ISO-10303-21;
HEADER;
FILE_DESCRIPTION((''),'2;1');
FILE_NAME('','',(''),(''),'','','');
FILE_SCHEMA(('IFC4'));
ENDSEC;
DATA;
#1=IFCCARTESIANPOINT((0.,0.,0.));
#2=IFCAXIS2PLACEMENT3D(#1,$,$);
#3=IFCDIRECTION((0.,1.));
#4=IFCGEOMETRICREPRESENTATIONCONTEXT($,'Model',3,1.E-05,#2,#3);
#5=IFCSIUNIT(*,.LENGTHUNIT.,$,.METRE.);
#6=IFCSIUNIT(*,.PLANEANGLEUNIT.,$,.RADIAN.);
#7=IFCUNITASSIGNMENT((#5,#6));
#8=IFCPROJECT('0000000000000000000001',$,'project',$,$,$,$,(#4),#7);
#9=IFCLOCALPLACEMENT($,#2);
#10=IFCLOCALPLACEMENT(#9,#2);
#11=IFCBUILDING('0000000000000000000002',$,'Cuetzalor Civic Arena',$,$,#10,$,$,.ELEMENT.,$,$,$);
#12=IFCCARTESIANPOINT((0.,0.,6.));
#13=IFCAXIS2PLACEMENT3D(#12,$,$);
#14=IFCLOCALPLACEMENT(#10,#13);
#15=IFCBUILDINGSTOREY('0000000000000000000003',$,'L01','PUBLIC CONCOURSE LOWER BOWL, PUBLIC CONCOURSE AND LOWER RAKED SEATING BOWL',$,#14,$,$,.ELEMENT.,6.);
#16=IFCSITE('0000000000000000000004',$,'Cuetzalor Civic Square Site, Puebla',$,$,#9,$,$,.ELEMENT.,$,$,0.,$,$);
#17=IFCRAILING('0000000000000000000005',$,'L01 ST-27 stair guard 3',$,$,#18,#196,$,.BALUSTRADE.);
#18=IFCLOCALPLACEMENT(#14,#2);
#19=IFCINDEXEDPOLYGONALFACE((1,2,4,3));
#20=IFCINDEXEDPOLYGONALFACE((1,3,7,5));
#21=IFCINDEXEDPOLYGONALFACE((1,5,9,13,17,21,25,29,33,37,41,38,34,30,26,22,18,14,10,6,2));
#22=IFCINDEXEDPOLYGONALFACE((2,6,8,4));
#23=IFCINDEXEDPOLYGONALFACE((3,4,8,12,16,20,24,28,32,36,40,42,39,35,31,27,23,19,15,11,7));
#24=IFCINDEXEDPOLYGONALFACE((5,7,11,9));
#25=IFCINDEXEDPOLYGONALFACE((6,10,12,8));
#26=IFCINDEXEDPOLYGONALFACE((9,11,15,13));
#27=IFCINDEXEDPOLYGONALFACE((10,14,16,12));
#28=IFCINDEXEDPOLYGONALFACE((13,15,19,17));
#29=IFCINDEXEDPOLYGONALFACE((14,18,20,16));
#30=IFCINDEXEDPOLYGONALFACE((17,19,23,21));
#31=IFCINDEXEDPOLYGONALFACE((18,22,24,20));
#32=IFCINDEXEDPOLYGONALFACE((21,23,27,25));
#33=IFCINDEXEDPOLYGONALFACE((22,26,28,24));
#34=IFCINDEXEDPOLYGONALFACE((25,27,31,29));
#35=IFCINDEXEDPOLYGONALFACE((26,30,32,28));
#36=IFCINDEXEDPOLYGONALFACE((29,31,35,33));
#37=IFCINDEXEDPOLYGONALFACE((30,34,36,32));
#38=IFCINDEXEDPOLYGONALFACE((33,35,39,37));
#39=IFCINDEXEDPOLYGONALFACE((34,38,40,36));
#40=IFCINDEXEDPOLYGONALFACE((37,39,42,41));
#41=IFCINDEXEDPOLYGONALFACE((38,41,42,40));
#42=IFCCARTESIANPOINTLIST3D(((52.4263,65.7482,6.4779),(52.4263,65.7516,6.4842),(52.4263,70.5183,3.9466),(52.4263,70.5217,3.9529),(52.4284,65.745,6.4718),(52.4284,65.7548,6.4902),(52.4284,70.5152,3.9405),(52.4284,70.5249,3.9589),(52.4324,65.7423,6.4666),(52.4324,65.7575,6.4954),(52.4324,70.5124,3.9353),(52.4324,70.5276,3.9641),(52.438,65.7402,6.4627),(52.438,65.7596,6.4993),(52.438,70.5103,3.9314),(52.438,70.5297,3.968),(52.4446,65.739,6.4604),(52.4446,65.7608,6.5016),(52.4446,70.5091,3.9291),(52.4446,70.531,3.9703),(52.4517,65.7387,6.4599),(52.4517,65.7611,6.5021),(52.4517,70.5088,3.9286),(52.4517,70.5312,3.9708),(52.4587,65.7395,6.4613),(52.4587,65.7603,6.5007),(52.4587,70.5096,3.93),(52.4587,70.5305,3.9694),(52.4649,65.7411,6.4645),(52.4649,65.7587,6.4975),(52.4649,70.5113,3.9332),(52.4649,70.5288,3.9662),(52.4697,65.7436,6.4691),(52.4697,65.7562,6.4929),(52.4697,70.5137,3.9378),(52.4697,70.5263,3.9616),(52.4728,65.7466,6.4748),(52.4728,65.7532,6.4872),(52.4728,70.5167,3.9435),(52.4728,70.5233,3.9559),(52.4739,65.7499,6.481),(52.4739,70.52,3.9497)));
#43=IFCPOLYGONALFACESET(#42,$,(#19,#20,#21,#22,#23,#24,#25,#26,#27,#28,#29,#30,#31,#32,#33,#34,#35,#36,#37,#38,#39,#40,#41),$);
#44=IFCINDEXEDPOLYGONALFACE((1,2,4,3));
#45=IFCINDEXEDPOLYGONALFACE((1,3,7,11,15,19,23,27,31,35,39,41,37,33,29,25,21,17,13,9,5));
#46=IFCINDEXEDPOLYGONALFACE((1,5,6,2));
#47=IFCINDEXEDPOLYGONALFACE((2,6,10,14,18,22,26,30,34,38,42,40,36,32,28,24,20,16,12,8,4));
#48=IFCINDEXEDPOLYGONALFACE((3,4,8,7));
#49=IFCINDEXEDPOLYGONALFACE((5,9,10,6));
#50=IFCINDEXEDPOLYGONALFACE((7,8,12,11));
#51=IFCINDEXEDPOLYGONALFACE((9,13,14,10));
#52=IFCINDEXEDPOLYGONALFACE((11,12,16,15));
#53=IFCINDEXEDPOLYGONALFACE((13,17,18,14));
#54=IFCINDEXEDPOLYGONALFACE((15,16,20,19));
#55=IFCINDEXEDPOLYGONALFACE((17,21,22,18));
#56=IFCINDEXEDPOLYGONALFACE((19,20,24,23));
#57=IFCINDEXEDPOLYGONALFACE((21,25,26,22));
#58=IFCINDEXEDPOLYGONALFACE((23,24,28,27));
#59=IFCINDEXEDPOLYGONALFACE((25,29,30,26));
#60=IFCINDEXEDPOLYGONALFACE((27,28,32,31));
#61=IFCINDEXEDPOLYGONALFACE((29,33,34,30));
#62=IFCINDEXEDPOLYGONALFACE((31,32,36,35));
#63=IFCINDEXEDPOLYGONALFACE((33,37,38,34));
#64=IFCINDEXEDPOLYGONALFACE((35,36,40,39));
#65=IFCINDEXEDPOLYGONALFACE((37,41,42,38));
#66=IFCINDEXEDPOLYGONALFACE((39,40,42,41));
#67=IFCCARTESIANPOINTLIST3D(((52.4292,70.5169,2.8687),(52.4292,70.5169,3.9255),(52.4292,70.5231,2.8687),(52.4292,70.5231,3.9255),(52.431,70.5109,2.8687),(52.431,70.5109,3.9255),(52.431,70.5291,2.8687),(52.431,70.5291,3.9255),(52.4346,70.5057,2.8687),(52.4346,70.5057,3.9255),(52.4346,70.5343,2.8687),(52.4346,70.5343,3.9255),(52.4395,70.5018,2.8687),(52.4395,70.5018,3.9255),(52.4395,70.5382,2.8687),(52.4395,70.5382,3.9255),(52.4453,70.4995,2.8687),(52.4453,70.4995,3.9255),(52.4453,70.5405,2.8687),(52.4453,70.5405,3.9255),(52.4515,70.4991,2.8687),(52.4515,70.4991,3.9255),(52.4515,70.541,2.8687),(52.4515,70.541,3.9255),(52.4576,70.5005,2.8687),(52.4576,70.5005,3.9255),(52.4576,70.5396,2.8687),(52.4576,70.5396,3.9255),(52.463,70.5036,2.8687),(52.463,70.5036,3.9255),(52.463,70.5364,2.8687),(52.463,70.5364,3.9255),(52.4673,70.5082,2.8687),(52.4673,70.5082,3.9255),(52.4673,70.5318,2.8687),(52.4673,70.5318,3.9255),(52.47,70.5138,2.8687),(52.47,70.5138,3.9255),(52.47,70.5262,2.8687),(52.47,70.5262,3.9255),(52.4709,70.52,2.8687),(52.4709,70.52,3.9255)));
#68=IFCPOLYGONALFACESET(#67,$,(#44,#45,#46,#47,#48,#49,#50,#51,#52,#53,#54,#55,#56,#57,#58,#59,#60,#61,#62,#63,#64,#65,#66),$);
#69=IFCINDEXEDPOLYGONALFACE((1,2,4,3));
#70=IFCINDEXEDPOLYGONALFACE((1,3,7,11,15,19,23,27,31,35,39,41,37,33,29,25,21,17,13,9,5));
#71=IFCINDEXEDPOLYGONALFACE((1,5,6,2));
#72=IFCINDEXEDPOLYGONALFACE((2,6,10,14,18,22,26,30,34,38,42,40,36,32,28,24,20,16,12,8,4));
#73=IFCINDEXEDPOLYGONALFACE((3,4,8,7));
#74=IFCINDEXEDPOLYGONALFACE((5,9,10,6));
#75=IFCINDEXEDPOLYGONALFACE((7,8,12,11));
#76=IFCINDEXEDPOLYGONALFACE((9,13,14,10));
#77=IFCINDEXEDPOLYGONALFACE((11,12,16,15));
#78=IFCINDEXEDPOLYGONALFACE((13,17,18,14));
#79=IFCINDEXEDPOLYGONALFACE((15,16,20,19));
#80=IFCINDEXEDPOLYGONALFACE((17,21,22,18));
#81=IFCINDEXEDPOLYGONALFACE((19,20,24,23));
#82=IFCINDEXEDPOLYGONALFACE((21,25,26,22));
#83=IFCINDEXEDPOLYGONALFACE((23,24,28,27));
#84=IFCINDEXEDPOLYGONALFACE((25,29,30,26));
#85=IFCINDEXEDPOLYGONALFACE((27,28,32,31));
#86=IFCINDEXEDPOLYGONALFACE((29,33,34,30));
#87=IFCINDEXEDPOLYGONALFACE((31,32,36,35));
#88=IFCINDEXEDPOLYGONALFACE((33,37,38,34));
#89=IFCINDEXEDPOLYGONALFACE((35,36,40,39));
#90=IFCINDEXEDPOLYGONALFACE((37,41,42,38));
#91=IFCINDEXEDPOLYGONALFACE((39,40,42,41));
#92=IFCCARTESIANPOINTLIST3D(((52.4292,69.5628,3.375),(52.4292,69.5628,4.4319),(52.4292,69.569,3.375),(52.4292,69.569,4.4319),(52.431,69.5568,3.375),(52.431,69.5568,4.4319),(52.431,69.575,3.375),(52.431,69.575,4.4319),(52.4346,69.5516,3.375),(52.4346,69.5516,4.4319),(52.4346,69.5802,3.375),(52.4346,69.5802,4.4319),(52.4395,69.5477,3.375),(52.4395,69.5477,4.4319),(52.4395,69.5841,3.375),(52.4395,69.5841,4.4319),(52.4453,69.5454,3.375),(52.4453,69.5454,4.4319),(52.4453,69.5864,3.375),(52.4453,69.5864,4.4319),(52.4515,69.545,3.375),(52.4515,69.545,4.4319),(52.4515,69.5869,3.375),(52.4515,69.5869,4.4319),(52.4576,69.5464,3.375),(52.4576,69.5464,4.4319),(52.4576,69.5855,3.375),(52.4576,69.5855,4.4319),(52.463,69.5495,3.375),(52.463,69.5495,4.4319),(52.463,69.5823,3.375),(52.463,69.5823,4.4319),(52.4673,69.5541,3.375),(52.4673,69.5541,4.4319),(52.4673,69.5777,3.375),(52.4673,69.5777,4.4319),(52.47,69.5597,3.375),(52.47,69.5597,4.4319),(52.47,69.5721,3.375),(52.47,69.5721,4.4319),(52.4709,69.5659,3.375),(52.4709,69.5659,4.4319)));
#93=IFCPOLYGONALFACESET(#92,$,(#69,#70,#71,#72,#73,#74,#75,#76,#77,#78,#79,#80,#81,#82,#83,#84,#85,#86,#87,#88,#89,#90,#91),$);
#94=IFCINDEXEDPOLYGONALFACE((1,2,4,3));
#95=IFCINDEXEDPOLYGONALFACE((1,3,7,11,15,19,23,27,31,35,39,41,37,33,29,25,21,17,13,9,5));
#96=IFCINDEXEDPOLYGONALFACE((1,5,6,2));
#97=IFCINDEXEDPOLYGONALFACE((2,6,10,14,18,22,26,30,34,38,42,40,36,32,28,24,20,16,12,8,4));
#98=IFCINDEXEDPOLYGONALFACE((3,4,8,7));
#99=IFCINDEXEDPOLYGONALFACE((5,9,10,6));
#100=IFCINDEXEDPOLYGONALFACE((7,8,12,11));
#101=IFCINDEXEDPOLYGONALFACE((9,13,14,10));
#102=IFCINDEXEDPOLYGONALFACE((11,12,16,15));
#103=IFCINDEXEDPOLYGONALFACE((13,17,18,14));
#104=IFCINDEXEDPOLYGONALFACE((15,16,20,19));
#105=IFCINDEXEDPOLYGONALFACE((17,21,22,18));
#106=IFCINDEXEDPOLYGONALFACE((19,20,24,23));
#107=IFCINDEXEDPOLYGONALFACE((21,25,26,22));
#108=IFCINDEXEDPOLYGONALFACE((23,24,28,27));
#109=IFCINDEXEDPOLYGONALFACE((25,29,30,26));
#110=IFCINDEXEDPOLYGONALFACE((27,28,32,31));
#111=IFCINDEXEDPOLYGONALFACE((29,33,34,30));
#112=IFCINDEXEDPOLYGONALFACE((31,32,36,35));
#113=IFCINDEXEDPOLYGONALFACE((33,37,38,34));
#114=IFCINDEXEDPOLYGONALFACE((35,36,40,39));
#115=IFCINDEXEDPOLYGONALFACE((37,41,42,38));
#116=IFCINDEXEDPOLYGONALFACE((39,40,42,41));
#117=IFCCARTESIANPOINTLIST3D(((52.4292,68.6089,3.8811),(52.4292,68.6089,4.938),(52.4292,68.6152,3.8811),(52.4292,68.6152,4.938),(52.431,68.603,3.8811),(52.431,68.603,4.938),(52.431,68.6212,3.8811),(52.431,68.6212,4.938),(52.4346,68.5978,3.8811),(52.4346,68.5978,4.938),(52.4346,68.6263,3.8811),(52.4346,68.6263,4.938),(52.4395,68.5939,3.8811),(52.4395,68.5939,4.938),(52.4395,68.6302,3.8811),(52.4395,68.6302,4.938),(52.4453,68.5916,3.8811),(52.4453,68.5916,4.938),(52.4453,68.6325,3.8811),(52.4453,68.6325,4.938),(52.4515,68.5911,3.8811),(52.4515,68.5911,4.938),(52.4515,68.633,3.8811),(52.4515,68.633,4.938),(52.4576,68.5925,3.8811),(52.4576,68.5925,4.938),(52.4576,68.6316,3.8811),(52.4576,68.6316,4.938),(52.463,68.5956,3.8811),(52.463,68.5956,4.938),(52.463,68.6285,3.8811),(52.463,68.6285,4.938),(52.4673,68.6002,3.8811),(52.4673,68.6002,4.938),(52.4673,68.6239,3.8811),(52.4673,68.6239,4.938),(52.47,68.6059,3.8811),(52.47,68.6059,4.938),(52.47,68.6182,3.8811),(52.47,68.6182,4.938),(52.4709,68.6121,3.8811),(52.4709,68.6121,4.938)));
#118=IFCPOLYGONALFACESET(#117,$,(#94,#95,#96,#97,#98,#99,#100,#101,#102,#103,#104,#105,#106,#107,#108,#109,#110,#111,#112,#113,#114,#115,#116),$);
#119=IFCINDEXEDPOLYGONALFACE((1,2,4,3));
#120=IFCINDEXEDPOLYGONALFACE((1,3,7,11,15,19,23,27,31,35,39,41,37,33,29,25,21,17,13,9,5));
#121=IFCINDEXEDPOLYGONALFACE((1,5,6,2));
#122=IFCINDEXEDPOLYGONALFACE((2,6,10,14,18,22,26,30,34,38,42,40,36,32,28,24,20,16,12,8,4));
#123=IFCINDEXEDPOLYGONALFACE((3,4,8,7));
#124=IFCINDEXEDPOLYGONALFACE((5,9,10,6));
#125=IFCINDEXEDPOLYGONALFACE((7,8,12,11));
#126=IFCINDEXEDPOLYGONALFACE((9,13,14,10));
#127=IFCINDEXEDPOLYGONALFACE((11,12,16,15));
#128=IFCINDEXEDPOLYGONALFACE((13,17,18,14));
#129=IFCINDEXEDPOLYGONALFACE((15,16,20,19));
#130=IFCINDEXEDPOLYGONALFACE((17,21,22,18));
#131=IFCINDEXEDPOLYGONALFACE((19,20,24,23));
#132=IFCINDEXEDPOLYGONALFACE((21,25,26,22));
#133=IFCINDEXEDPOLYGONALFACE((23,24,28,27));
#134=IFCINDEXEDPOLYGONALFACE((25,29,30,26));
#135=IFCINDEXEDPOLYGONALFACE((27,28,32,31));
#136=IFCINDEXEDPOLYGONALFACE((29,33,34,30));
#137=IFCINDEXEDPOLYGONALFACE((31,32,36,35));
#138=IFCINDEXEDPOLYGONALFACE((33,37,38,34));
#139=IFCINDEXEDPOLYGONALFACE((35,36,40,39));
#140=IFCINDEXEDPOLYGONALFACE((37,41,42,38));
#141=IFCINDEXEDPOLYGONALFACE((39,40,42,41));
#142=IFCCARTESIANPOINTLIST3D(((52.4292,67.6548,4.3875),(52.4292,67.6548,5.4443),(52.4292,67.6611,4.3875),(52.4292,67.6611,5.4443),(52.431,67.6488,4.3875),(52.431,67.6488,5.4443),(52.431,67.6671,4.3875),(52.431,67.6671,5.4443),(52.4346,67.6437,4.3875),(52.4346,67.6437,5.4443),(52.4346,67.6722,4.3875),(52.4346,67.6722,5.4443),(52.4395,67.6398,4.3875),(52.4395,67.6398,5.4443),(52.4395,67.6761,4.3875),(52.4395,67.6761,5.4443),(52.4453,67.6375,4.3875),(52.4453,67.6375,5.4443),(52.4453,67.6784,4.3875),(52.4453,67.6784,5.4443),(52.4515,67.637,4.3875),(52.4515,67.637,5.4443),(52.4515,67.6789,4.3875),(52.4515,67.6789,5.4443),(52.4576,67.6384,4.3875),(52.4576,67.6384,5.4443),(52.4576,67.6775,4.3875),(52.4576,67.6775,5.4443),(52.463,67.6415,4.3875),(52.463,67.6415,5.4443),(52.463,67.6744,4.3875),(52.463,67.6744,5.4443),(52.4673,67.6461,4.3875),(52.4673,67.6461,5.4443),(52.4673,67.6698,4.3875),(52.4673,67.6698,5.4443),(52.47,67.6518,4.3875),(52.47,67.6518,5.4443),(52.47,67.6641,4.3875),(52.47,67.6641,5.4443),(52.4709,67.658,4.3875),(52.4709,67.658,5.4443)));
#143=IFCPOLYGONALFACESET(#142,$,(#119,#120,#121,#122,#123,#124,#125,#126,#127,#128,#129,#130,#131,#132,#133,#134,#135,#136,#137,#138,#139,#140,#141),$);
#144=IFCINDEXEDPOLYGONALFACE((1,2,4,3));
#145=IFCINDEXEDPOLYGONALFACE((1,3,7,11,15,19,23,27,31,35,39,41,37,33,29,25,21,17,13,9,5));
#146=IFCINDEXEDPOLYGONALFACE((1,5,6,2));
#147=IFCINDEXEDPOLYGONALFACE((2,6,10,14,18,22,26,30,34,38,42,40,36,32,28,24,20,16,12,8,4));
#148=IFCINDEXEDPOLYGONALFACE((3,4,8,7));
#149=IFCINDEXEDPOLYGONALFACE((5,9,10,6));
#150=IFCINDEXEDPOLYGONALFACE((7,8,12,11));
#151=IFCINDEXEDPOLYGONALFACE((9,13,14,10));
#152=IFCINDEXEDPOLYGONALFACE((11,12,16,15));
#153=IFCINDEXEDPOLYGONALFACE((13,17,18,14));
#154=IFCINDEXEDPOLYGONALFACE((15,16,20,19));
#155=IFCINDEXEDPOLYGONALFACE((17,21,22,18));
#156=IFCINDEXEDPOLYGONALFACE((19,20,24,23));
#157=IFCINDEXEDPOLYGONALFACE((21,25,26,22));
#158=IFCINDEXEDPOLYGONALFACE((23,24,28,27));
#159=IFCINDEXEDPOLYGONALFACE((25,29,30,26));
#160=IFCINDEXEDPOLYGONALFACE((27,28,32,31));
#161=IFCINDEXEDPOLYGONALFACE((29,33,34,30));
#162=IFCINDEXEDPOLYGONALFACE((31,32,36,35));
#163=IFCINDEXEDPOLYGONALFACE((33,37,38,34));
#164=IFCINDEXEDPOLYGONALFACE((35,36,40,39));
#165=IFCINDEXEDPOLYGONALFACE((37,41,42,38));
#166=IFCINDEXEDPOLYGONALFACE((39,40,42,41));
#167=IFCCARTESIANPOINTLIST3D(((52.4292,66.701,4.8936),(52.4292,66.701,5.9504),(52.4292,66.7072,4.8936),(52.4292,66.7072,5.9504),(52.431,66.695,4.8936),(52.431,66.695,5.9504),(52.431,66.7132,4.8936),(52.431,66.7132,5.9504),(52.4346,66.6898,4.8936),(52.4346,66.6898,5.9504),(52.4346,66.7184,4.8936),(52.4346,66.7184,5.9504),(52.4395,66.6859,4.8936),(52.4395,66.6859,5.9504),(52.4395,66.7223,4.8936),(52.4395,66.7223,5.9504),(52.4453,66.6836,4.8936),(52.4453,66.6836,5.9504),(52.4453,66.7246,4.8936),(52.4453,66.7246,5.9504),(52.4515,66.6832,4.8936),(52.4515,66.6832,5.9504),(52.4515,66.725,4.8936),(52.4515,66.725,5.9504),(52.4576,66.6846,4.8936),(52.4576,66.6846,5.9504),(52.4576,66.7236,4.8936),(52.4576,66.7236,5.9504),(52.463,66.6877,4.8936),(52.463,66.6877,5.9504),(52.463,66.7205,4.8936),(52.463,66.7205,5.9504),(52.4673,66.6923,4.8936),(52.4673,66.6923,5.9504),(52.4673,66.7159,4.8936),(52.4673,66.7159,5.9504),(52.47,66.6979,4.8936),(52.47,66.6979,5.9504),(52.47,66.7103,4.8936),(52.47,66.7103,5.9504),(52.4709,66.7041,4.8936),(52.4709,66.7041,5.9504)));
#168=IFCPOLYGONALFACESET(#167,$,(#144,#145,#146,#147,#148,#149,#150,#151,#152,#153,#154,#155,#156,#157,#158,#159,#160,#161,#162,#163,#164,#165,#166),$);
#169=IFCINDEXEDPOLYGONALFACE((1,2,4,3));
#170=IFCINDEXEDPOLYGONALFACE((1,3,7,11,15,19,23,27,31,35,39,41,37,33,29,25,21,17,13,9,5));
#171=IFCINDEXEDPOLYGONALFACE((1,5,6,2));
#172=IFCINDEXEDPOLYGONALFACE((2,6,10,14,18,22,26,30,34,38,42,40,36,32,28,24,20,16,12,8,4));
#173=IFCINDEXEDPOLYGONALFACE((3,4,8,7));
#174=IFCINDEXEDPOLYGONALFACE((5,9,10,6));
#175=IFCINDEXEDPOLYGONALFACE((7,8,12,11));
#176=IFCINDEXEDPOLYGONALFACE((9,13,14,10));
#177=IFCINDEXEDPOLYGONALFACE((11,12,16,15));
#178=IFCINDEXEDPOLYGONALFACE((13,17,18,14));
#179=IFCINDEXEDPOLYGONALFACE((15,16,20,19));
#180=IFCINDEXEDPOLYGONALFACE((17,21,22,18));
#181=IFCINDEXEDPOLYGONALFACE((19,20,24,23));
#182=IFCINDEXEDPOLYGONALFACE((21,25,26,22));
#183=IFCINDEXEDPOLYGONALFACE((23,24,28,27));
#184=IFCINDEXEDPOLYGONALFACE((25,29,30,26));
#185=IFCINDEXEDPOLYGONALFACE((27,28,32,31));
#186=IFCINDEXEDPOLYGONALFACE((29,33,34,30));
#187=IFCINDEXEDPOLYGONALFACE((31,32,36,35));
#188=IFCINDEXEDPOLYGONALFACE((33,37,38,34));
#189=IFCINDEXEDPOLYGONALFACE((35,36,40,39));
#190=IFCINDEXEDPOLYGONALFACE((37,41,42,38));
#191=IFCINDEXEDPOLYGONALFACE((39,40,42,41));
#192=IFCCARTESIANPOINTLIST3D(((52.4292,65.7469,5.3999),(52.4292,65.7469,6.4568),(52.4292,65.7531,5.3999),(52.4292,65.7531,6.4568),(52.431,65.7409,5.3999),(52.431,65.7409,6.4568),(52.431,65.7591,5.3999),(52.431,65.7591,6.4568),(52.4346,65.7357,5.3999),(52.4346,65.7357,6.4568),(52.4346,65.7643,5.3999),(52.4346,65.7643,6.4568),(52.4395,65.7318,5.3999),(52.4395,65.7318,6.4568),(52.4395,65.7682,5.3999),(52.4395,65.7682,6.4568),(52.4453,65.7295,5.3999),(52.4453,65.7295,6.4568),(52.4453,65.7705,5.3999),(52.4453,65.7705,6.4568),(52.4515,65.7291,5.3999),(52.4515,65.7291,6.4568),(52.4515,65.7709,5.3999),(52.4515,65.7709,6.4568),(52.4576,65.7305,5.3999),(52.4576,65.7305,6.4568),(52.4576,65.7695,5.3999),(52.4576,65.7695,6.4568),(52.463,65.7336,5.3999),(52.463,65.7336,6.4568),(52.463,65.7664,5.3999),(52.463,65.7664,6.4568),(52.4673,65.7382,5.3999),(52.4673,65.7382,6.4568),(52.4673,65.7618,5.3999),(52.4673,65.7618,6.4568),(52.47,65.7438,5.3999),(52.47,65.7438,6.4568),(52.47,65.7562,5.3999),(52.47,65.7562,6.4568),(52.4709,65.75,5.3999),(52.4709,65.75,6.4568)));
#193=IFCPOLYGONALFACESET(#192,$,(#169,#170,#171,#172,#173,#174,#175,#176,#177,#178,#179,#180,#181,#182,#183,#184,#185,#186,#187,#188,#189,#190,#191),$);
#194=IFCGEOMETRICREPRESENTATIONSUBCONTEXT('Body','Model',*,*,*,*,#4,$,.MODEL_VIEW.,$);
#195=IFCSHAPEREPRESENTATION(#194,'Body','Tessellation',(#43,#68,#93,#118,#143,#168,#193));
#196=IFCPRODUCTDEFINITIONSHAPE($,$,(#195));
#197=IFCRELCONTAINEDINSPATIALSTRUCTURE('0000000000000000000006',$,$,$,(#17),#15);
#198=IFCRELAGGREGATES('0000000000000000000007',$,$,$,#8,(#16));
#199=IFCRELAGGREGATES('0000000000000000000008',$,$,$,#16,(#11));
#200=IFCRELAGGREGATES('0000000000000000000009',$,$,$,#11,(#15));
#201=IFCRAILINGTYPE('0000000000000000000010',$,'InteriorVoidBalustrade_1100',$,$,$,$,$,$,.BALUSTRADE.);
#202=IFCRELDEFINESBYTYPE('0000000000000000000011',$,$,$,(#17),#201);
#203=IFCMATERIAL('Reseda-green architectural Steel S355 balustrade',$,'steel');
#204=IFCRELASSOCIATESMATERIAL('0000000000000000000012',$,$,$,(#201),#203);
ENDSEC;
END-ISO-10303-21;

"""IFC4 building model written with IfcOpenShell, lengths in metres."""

from ifc_helpers import new_model, si_unit, direction, frame, origin, origin_2d, place, context, subcontext, project, spatial, circle, extrude, material, type_object, element, save


model = new_model("IFC4")

# Units and contexts
model_context = context("Model", 3, precision=1e-05, world=origin(), true_north=direction((0.0, 1.0)))
body_context = subcontext(model_context, "Body", "Model", "MODEL_VIEW")
ifc_project = project(units=[si_unit("LENGTHUNIT", "METRE"), si_unit("PLANEANGLEUNIT", "RADIAN")], contexts=[model_context])

# Site, building, storey
site_placement = place(None, origin())
site = spatial("IfcSite", under=ifc_project, at=site_placement, Name="Cuetzalor Civic Square Site, Puebla", CompositionType="ELEMENT", RefElevation=0.0)
building_placement = place(site_placement, origin())
building = spatial("IfcBuilding", under=site, at=building_placement, Name="Cuetzalor Civic Arena", CompositionType="ELEMENT")
storey_placement = place(building_placement, frame((0.0, 0.0, 6.0)))
storey = spatial("IfcBuildingStorey", under=building, at=storey_placement, Name="L01", Description="PUBLIC CONCOURSE LOWER BOWL, PUBLIC CONCOURSE AND LOWER RAKED SEATING BOWL", CompositionType="ELEMENT", Elevation=6.0)

# Railing
ifc_material_1 = material(Name="Reseda-green architectural Steel S355 balustrade", Category="steel")
railing_type_1 = type_object("IfcRailingType", Name="InteriorVoidBalustrade_1100", PredefinedType="BALUSTRADE", material=ifc_material_1)
railing_1_placement = place(storey_placement, frame((52.45, 70.52, 2.8687)))
element("IfcRailing", 1, at=railing_1_placement, inside=storey, type_object=railing_type_1, Name="L01 ST-27 stair guard 3", PredefinedType="BALUSTRADE", context=body_context, shape_type="SweptSolid", body=[
    extrude(circle(Radius=0.0239, at=origin_2d()), frame((0.0, 0.0, 1.0811), z_axis=(0.0, -0.883332, 0.468747), x_axis=(1.0, 0.0, 0.0)), (0.0, 0.0, 1.0), 5.4001),
    extrude(circle(Radius=0.021, at=origin_2d()), origin(), (0.0, 0.0, 1.0), 1.0569),
    extrude(circle(Radius=0.021, at=origin_2d()), frame((0.0, -0.9541, 0.5063)), (0.0, 0.0, 1.0), 1.0569),
    extrude(circle(Radius=0.021, at=origin_2d()), frame((0.0, -1.908, 1.0125)), (0.0, 0.0, 1.0), 1.0569),
    extrude(circle(Radius=0.021, at=origin_2d()), frame((0.0, -2.8621, 1.5188)), (0.0, 0.0, 1.0), 1.0569),
    extrude(circle(Radius=0.021, at=origin_2d()), frame((0.0, -3.8159, 2.0249)), (0.0, 0.0, 1.0), 1.0569),
    extrude(circle(Radius=0.021, at=origin_2d()), frame((0.0, -4.77, 2.5312)), (0.0, 0.0, 1.0), 1.0569),
])

save(model, "model.ifc")
